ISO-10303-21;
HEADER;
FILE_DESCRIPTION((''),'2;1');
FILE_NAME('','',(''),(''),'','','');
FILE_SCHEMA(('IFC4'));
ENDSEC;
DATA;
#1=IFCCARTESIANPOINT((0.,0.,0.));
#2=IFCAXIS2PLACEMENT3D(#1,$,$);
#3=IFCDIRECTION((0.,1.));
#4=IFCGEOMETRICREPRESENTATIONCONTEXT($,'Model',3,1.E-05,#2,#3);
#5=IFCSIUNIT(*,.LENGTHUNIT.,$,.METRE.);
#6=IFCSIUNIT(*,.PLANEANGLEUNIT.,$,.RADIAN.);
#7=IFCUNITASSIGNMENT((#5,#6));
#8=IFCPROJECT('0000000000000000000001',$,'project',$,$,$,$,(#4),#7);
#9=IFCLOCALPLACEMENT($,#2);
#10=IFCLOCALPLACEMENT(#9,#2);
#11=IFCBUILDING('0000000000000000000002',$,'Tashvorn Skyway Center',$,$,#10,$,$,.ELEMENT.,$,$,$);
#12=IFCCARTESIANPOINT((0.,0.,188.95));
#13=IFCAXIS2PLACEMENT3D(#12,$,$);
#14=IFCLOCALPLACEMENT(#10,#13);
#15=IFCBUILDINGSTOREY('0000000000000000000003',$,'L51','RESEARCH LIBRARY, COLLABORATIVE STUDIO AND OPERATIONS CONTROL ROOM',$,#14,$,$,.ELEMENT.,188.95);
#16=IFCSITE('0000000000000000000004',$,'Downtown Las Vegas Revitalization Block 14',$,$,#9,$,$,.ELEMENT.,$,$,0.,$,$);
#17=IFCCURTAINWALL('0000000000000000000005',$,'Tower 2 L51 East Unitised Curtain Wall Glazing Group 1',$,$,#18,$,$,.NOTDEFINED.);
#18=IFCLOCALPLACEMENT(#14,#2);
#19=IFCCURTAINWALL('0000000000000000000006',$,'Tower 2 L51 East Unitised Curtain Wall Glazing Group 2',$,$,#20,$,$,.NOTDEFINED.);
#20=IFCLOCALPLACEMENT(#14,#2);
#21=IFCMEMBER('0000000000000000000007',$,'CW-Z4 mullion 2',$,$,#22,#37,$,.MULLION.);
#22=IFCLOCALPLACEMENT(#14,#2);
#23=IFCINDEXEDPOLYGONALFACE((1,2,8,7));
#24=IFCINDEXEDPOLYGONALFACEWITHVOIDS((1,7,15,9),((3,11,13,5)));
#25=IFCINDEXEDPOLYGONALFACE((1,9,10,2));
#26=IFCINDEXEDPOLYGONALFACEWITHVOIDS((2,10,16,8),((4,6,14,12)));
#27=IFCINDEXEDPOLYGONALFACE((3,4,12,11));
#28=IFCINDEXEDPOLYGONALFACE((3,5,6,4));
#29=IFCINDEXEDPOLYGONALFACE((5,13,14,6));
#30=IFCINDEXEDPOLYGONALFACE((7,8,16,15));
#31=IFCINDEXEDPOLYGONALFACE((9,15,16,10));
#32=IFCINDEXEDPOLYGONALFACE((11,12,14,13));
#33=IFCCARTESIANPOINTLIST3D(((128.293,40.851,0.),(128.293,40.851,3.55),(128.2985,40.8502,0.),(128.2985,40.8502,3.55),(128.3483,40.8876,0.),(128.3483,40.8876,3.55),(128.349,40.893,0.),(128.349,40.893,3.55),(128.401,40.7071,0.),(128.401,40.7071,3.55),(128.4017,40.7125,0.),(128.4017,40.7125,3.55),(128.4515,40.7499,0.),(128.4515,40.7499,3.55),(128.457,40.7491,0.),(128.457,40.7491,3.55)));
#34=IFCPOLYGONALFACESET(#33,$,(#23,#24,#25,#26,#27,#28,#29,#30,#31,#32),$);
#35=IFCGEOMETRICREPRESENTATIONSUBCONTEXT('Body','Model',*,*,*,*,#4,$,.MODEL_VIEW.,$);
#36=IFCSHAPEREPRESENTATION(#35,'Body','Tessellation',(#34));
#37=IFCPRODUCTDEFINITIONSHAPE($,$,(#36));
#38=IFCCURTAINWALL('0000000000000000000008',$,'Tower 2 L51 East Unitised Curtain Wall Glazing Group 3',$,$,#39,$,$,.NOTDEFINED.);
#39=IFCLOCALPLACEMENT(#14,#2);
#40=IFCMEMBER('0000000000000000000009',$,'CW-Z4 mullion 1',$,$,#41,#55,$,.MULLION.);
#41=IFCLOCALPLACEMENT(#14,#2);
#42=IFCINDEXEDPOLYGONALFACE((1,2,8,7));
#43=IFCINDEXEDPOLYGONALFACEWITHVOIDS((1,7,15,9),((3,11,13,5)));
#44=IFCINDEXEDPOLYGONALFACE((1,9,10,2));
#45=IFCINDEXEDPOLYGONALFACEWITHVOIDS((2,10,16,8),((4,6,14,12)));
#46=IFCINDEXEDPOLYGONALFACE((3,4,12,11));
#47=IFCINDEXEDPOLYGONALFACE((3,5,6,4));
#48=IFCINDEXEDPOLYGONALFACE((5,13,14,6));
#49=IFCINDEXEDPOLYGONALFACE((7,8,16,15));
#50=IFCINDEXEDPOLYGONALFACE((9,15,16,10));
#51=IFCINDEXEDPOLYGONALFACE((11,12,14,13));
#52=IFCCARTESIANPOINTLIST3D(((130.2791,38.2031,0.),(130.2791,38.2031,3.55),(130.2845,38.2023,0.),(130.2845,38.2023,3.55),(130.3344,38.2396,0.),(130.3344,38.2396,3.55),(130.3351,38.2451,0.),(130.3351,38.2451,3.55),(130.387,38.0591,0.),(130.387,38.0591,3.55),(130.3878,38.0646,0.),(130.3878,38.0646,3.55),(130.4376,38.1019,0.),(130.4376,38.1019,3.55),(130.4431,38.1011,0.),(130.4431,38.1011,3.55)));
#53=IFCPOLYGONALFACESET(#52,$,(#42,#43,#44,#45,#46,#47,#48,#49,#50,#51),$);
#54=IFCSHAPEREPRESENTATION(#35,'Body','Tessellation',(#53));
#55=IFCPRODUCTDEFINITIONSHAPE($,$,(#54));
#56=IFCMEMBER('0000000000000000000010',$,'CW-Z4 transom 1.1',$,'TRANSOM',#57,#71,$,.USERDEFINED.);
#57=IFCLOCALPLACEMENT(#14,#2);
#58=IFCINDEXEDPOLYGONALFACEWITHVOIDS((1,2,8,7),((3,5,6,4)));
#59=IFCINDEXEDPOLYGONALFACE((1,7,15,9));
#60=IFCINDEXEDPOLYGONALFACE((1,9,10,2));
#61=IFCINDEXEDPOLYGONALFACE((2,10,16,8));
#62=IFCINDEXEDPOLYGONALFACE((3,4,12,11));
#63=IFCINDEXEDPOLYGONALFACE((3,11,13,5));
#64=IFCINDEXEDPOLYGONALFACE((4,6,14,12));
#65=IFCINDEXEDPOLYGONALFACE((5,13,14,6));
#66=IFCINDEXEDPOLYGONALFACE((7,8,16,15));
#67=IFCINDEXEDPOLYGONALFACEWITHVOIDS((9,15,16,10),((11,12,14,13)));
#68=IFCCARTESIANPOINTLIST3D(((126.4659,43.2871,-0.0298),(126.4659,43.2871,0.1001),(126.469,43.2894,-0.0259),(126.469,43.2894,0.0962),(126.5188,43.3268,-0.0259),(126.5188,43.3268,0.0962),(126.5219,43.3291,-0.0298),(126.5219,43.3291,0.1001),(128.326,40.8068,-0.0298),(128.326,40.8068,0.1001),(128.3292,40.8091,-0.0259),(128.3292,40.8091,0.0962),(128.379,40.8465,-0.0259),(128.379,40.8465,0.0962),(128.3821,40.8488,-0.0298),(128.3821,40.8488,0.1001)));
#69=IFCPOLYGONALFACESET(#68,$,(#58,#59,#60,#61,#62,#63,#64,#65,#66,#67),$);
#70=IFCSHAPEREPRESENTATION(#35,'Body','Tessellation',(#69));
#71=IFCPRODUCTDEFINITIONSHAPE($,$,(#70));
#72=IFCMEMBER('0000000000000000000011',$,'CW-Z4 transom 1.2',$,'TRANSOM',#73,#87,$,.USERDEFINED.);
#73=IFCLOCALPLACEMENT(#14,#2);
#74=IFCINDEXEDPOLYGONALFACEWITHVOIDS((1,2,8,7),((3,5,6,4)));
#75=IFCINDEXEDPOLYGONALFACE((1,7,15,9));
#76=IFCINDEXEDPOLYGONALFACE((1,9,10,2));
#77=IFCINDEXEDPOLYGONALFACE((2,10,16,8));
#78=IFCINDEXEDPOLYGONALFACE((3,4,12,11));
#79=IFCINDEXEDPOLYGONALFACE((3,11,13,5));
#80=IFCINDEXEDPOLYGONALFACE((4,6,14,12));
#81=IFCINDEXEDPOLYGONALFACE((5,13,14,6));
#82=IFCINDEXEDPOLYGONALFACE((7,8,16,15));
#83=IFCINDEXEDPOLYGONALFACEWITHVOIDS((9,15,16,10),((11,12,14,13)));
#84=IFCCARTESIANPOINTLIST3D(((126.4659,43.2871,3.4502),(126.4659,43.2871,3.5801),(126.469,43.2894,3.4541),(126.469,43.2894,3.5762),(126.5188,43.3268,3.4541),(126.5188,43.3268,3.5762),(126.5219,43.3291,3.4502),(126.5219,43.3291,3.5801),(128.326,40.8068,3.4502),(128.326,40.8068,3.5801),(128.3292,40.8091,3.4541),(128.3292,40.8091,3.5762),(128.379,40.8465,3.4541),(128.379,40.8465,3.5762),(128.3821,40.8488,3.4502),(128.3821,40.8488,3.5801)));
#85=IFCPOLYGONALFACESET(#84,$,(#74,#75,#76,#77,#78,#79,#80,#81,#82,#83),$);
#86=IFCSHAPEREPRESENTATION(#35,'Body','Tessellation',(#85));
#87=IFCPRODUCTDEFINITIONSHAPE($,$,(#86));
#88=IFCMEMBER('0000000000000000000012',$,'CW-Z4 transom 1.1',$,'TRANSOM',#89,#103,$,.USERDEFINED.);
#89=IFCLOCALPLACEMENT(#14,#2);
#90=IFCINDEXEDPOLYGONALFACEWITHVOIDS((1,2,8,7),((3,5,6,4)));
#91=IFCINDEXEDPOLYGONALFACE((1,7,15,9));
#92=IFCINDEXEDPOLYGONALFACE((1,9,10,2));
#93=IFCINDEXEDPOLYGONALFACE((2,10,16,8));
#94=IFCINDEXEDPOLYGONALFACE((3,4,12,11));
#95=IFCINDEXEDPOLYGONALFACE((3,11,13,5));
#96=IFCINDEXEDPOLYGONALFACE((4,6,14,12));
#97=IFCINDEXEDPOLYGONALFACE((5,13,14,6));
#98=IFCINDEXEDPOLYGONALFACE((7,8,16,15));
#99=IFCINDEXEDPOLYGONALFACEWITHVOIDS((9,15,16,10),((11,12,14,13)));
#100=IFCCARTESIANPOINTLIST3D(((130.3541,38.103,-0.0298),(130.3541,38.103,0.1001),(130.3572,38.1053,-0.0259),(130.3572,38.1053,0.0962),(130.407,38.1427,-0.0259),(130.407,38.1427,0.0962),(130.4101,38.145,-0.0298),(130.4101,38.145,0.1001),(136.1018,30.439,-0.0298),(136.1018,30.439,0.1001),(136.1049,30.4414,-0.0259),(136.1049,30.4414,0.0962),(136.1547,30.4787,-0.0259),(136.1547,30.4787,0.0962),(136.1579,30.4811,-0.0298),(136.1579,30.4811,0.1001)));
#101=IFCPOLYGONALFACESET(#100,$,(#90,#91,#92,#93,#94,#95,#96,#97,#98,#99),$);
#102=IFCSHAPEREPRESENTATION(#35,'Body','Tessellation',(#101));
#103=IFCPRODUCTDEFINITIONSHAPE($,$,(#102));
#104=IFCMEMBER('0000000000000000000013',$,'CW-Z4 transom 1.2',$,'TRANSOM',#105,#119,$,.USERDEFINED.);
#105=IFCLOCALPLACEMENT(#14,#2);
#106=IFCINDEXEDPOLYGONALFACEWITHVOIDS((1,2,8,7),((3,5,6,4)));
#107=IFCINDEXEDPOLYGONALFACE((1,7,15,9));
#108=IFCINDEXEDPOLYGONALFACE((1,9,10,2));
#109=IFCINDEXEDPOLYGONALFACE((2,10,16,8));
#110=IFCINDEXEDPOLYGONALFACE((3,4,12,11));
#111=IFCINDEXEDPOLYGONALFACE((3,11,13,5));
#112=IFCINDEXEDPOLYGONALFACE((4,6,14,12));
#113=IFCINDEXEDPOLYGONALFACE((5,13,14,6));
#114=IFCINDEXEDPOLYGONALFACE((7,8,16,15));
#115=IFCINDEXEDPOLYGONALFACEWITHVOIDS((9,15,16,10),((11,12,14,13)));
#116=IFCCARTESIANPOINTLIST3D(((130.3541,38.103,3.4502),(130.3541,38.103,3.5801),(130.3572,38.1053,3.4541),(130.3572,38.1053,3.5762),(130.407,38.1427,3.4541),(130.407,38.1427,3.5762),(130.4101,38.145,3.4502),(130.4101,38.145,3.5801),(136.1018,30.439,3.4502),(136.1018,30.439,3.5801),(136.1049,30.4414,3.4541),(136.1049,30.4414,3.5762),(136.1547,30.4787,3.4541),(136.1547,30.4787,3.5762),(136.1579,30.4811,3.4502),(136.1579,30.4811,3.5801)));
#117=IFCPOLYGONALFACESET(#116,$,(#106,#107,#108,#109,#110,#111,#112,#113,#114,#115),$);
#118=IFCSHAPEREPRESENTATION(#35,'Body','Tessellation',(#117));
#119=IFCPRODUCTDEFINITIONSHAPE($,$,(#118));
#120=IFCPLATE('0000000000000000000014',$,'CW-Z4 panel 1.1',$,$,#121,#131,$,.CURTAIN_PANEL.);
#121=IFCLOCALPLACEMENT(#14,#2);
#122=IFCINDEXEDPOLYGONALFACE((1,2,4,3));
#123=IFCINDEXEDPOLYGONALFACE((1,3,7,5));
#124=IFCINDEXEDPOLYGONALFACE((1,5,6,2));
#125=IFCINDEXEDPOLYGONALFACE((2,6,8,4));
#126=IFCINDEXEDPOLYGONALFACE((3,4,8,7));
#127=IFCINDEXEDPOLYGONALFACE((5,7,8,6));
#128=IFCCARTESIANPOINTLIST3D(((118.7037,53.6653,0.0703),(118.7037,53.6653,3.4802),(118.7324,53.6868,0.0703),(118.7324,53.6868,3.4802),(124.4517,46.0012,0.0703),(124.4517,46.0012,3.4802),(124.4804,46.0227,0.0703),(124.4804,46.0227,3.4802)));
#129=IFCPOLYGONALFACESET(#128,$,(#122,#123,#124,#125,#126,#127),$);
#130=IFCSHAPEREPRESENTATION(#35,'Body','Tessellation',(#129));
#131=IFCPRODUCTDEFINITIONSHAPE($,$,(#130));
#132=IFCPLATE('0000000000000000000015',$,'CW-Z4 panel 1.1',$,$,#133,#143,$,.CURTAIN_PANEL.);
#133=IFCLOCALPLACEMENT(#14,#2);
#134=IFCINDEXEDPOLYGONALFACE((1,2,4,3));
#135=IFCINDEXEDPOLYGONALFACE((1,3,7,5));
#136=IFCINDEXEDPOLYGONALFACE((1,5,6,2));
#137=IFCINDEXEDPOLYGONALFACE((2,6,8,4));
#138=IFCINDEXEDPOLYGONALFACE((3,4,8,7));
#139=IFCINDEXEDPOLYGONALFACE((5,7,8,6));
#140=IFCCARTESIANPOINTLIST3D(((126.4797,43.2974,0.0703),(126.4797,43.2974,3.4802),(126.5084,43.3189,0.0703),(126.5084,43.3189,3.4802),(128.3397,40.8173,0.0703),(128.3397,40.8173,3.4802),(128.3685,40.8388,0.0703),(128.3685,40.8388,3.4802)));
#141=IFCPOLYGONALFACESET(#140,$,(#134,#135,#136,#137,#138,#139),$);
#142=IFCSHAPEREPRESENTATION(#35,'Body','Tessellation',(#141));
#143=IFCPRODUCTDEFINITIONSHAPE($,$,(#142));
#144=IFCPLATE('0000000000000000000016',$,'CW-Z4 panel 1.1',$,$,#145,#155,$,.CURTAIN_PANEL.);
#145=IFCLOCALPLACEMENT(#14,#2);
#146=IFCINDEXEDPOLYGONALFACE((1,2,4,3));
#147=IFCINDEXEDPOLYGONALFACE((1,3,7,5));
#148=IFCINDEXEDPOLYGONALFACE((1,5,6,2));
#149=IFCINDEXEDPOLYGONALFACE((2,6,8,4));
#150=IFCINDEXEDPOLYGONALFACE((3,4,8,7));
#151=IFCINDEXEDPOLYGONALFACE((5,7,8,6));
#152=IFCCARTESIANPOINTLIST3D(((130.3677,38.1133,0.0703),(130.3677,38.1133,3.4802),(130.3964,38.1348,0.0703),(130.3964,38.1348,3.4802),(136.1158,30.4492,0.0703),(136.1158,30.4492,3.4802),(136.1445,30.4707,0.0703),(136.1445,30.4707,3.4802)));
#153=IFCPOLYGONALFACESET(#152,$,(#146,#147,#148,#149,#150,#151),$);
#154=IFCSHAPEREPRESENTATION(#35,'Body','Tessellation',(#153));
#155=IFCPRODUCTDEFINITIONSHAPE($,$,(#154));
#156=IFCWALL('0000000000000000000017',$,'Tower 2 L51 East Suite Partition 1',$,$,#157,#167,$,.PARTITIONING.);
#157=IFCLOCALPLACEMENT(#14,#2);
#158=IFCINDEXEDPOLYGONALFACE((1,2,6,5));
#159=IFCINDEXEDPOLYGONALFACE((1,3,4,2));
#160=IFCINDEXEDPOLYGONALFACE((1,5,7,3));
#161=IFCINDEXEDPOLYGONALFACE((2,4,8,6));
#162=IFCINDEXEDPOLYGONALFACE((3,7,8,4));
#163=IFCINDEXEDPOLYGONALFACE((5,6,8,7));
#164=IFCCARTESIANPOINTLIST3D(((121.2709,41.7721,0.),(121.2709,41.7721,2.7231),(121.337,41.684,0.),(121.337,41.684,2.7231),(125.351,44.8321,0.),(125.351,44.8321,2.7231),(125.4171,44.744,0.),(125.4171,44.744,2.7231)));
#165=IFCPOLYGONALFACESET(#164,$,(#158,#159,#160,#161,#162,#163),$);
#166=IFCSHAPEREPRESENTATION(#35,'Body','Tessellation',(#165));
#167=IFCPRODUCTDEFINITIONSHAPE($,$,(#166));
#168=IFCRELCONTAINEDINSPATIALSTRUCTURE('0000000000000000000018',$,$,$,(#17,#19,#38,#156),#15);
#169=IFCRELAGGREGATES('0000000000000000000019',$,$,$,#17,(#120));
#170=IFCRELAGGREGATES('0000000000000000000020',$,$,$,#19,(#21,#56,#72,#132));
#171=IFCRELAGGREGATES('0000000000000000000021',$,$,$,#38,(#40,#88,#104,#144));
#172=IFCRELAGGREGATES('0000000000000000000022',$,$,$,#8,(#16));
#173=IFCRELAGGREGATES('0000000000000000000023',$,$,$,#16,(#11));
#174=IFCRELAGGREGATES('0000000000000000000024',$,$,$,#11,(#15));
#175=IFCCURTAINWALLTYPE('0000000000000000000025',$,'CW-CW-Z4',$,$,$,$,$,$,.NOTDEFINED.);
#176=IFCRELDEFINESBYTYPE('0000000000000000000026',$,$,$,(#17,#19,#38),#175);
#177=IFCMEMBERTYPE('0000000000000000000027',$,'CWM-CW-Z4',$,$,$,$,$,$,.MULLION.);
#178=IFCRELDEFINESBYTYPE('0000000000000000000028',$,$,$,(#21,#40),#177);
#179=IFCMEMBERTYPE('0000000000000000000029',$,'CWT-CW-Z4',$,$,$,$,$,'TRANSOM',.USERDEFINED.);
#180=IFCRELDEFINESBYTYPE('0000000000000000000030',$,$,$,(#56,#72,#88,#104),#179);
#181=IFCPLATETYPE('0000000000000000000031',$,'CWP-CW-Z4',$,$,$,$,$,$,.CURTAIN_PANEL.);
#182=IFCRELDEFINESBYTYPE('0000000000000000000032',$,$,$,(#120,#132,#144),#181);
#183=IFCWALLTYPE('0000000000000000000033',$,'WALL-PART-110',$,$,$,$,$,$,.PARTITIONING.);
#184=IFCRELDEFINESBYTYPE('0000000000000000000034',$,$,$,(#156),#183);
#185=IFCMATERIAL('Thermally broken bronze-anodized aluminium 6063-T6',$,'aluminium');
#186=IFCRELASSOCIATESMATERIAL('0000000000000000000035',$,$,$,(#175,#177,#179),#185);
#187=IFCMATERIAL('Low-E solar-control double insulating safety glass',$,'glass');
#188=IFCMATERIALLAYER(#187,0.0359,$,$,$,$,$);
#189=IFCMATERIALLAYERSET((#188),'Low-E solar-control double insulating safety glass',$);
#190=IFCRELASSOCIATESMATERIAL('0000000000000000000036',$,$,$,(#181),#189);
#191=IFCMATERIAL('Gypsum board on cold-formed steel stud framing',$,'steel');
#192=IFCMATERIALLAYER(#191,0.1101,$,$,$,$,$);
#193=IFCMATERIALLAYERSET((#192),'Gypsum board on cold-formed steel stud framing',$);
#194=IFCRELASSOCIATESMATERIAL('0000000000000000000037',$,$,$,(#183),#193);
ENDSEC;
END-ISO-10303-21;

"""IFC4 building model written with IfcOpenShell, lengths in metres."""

from ifc_helpers import new_model, si_unit, direction, frame, frame_2d, origin, origin_2d, place, context, subcontext, project, spatial, rectangle, hollow_rectangle, extrude, material, layer, layer_set, material_profile, profile_set, type_object, element, aggregate, save


model = new_model("IFC4")

# Units and contexts
model_context = context("Model", 3, precision=1e-05, world=origin(), true_north=direction((0.0, 1.0)))
body_context = subcontext(model_context, "Body", "Model", "MODEL_VIEW")
ifc_project = project(units=[si_unit("LENGTHUNIT", "METRE"), si_unit("PLANEANGLEUNIT", "RADIAN")], contexts=[model_context])

# Site, building, storey
site_placement = place(None, origin())
site = spatial("IfcSite", under=ifc_project, at=site_placement, Name="Downtown Las Vegas Revitalization Block 14", CompositionType="ELEMENT", RefElevation=0.0)
building_placement = place(site_placement, origin())
building = spatial("IfcBuilding", under=site, at=building_placement, Name="Tashvorn Skyway Center", CompositionType="ELEMENT")
storey_placement = place(building_placement, frame((0.0, 0.0, 188.95)))
storey = spatial("IfcBuildingStorey", under=building, at=storey_placement, Name="L51", Description="RESEARCH LIBRARY, COLLABORATIVE STUDIO AND OPERATIONS CONTROL ROOM", CompositionType="ELEMENT", Elevation=188.95)

# Curtain wall
ifc_material_1 = material(Name="Thermally broken bronze-anodized aluminium 6063-T6", Category="aluminium")
curtain_wall_type = type_object("IfcCurtainWallType", Name="CW-CW-Z4", PredefinedType="NOTDEFINED", material=ifc_material_1)
curtain_wall_1_placement = place(storey_placement, origin())
curtain_wall_1 = element("IfcCurtainWall", 1, at=curtain_wall_1_placement, inside=storey, type_object=curtain_wall_type, Name="Tower 2 L51 East Unitised Curtain Wall Glazing Group 1", PredefinedType="NOTDEFINED")
ifc_material_profile_1 = material_profile(ifc_material_1, hollow_rectangle(XDim=0.0701, YDim=0.1799, WallThickness=0.0039, at=origin_2d()), Name="ALU-MULL-70x180")
ifc_profile_set_1 = profile_set([ifc_material_profile_1], Name="Thermally broken bronze-anodized aluminium 6063-T6")
member_type_1 = type_object("IfcMemberType", Name="CWM-CW-Z4", PredefinedType="MULLION", material=ifc_profile_set_1)

# Curtain wall, member
curtain_wall_2_placement = place(storey_placement, origin())
curtain_wall_2 = element("IfcCurtainWall", 2, at=curtain_wall_2_placement, inside=storey, type_object=curtain_wall_type, Name="Tower 2 L51 East Unitised Curtain Wall Glazing Group 2", PredefinedType="NOTDEFINED")
member_1_placement = place(storey_placement, frame((128.375, 40.8, 0.0), z_axis=(0.0, 0.0, 1.0), x_axis=(0.8, 0.6, 0.0)))
member_1 = element("IfcMember", 3, at=member_1_placement, type_object=member_type_1, Name="CW-Z4 mullion 2", PredefinedType="MULLION", context=body_context, shape_type="SweptSolid", body=[
    extrude(hollow_rectangle(XDim=0.0701, YDim=0.1799, WallThickness=0.0039, at=origin_2d()), origin(), (0.0, 0.0, 1.0), 3.55),
])

# Curtain wall, member
curtain_wall_3_placement = place(storey_placement, origin())
curtain_wall_3 = element("IfcCurtainWall", 4, at=curtain_wall_3_placement, inside=storey, type_object=curtain_wall_type, Name="Tower 2 L51 East Unitised Curtain Wall Glazing Group 3", PredefinedType="NOTDEFINED")
member_2_placement = place(storey_placement, frame((130.3611, 38.1521, 0.0), z_axis=(0.0, 0.0, 1.0), x_axis=(0.8, 0.6, 0.0)))
member_2 = element("IfcMember", 5, at=member_2_placement, type_object=member_type_1, Name="CW-Z4 mullion 1", PredefinedType="MULLION", context=body_context, shape_type="SweptSolid", body=[
    extrude(hollow_rectangle(XDim=0.0701, YDim=0.1799, WallThickness=0.0039, at=origin_2d()), origin(), (0.0, 0.0, 1.0), 3.55),
])

# Members
ifc_material_profile_2 = material_profile(ifc_material_1, hollow_rectangle(XDim=0.0701, YDim=0.1299, WallThickness=0.0039, at=origin_2d()), Name="ALU-TRAN-70x130")
ifc_profile_set_2 = profile_set([ifc_material_profile_2], Name="Thermally broken bronze-anodized aluminium 6063-T6")
member_type_2 = type_object("IfcMemberType", Name="CWT-CW-Z4", ElementType="TRANSOM", PredefinedType="USERDEFINED", material=ifc_profile_set_2)
member_3_placement = place(storey_placement, frame((126.4939, 43.3081, 0.0352), z_axis=(0.599987, -0.800009, 0.0), x_axis=(0.800009, 0.599987, 0.0)))
member_3 = element("IfcMember", 6, at=member_3_placement, type_object=member_type_2, Name="CW-Z4 transom 1.1", ObjectType="TRANSOM", PredefinedType="USERDEFINED", context=body_context, shape_type="SweptSolid", body=[
    extrude(hollow_rectangle(XDim=0.0701, YDim=0.1299, WallThickness=0.0039, at=origin_2d()), origin(), (0.0, 0.0, 1.0), 3.1003),
])
member_4_placement = place(storey_placement, frame((126.4939, 43.3081, 3.5151), z_axis=(0.599987, -0.800009, 0.0), x_axis=(0.800009, 0.599987, 0.0)))
member_4 = element("IfcMember", 7, at=member_4_placement, type_object=member_type_2, Name="CW-Z4 transom 1.2", ObjectType="TRANSOM", PredefinedType="USERDEFINED", context=body_context, shape_type="SweptSolid", body=[
    extrude(hollow_rectangle(XDim=0.0701, YDim=0.1299, WallThickness=0.0039, at=origin_2d()), origin(), (0.0, 0.0, 1.0), 3.1003),
])
member_5_placement = place(storey_placement, frame((130.3821, 38.124, 0.0352), z_axis=(0.599984, -0.800012, 0.0), x_axis=(0.800012, 0.599984, 0.0)))
member_5 = element("IfcMember", 8, at=member_5_placement, type_object=member_type_2, Name="CW-Z4 transom 1.1", ObjectType="TRANSOM", PredefinedType="USERDEFINED", context=body_context, shape_type="SweptSolid", body=[
    extrude(hollow_rectangle(XDim=0.0701, YDim=0.1299, WallThickness=0.0039, at=origin_2d()), origin(), (0.0, 0.0, 1.0), 9.5798),
])
member_6_placement = place(storey_placement, frame((130.3821, 38.124, 3.5151), z_axis=(0.599984, -0.800012, 0.0), x_axis=(0.800012, 0.599984, 0.0)))
member_6 = element("IfcMember", 9, at=member_6_placement, type_object=member_type_2, Name="CW-Z4 transom 1.2", ObjectType="TRANSOM", PredefinedType="USERDEFINED", context=body_context, shape_type="SweptSolid", body=[
    extrude(hollow_rectangle(XDim=0.0701, YDim=0.1299, WallThickness=0.0039, at=origin_2d()), origin(), (0.0, 0.0, 1.0), 9.5798),
])

# Plates
ifc_material_2 = material(Name="Low-E solar-control double insulating safety glass", Category="glass")
ifc_layer_1 = layer(ifc_material_2, 0.0359)
ifc_layer_set_1 = layer_set([ifc_layer_1], Name="Low-E solar-control double insulating safety glass")
plate_type = type_object("IfcPlateType", Name="CWP-CW-Z4", PredefinedType="CURTAIN_PANEL", material=ifc_layer_set_1)
plate_1_placement = place(storey_placement, frame((121.592, 49.844, 0.0703), z_axis=(0.0, 0.0, 1.0), x_axis=(0.6, -0.8, 0.0)))
plate_1 = element("IfcPlate", 10, at=plate_1_placement, type_object=plate_type, Name="CW-Z4 panel 1.1", PredefinedType="CURTAIN_PANEL", context=body_context, shape_type="SweptSolid", body=[
    extrude(rectangle(XDim=9.5801, YDim=0.0359, at=origin_2d()), origin(), (0.0, 0.0, 1.0), 3.4099),
])
aggregate(curtain_wall_1, [plate_1])
plate_2_placement = place(storey_placement, frame((127.4241, 42.0681, 0.0703), z_axis=(0.0, 0.0, 1.0), x_axis=(0.6, -0.8, 0.0)))
plate_2 = element("IfcPlate", 11, at=plate_2_placement, type_object=plate_type, Name="CW-Z4 panel 1.1", PredefinedType="CURTAIN_PANEL", context=body_context, shape_type="SweptSolid", body=[
    extrude(rectangle(XDim=3.1001, YDim=0.0359, at=origin_2d()), origin(), (0.0, 0.0, 1.0), 3.4099),
])
aggregate(curtain_wall_2, [member_1, member_3, member_4, plate_2])
plate_3_placement = place(storey_placement, frame((133.2561, 34.292, 0.0703), z_axis=(0.0, 0.0, 1.0), x_axis=(0.6, -0.8, 0.0)))
plate_3 = element("IfcPlate", 12, at=plate_3_placement, type_object=plate_type, Name="CW-Z4 panel 1.1", PredefinedType="CURTAIN_PANEL", context=body_context, shape_type="SweptSolid", body=[
    extrude(rectangle(XDim=9.5801, YDim=0.0359, at=origin_2d()), origin(), (0.0, 0.0, 1.0), 3.4099),
])
aggregate(curtain_wall_3, [member_2, member_5, member_6, plate_3])

# Wall
ifc_material_3 = material(Name="Gypsum board on cold-formed steel stud framing", Category="steel")
ifc_layer_2 = layer(ifc_material_3, 0.1101)
ifc_layer_set_2 = layer_set([ifc_layer_2], Name="Gypsum board on cold-formed steel stud framing")
wall_type_1 = type_object("IfcWallType", Name="WALL-PART-110", PredefinedType="PARTITIONING", material=ifc_layer_set_2)
wall_1_placement = place(storey_placement, frame((125.384, 44.7881, 0.0), z_axis=(0.0, 0.0, 1.0), x_axis=(-0.8, -0.6, 0.0)))
element("IfcWall", 13, at=wall_1_placement, inside=storey, type_object=wall_type_1, Name="Tower 2 L51 East Suite Partition 1", PredefinedType="PARTITIONING", context=body_context, shape_type="SweptSolid", body=[
    extrude(rectangle(XDim=5.1001, YDim=0.1101, at=frame_2d((2.55, 0.0))), origin(), (0.0, 0.0, 1.0), 2.7231),
])

save(model, "model.ifc")
